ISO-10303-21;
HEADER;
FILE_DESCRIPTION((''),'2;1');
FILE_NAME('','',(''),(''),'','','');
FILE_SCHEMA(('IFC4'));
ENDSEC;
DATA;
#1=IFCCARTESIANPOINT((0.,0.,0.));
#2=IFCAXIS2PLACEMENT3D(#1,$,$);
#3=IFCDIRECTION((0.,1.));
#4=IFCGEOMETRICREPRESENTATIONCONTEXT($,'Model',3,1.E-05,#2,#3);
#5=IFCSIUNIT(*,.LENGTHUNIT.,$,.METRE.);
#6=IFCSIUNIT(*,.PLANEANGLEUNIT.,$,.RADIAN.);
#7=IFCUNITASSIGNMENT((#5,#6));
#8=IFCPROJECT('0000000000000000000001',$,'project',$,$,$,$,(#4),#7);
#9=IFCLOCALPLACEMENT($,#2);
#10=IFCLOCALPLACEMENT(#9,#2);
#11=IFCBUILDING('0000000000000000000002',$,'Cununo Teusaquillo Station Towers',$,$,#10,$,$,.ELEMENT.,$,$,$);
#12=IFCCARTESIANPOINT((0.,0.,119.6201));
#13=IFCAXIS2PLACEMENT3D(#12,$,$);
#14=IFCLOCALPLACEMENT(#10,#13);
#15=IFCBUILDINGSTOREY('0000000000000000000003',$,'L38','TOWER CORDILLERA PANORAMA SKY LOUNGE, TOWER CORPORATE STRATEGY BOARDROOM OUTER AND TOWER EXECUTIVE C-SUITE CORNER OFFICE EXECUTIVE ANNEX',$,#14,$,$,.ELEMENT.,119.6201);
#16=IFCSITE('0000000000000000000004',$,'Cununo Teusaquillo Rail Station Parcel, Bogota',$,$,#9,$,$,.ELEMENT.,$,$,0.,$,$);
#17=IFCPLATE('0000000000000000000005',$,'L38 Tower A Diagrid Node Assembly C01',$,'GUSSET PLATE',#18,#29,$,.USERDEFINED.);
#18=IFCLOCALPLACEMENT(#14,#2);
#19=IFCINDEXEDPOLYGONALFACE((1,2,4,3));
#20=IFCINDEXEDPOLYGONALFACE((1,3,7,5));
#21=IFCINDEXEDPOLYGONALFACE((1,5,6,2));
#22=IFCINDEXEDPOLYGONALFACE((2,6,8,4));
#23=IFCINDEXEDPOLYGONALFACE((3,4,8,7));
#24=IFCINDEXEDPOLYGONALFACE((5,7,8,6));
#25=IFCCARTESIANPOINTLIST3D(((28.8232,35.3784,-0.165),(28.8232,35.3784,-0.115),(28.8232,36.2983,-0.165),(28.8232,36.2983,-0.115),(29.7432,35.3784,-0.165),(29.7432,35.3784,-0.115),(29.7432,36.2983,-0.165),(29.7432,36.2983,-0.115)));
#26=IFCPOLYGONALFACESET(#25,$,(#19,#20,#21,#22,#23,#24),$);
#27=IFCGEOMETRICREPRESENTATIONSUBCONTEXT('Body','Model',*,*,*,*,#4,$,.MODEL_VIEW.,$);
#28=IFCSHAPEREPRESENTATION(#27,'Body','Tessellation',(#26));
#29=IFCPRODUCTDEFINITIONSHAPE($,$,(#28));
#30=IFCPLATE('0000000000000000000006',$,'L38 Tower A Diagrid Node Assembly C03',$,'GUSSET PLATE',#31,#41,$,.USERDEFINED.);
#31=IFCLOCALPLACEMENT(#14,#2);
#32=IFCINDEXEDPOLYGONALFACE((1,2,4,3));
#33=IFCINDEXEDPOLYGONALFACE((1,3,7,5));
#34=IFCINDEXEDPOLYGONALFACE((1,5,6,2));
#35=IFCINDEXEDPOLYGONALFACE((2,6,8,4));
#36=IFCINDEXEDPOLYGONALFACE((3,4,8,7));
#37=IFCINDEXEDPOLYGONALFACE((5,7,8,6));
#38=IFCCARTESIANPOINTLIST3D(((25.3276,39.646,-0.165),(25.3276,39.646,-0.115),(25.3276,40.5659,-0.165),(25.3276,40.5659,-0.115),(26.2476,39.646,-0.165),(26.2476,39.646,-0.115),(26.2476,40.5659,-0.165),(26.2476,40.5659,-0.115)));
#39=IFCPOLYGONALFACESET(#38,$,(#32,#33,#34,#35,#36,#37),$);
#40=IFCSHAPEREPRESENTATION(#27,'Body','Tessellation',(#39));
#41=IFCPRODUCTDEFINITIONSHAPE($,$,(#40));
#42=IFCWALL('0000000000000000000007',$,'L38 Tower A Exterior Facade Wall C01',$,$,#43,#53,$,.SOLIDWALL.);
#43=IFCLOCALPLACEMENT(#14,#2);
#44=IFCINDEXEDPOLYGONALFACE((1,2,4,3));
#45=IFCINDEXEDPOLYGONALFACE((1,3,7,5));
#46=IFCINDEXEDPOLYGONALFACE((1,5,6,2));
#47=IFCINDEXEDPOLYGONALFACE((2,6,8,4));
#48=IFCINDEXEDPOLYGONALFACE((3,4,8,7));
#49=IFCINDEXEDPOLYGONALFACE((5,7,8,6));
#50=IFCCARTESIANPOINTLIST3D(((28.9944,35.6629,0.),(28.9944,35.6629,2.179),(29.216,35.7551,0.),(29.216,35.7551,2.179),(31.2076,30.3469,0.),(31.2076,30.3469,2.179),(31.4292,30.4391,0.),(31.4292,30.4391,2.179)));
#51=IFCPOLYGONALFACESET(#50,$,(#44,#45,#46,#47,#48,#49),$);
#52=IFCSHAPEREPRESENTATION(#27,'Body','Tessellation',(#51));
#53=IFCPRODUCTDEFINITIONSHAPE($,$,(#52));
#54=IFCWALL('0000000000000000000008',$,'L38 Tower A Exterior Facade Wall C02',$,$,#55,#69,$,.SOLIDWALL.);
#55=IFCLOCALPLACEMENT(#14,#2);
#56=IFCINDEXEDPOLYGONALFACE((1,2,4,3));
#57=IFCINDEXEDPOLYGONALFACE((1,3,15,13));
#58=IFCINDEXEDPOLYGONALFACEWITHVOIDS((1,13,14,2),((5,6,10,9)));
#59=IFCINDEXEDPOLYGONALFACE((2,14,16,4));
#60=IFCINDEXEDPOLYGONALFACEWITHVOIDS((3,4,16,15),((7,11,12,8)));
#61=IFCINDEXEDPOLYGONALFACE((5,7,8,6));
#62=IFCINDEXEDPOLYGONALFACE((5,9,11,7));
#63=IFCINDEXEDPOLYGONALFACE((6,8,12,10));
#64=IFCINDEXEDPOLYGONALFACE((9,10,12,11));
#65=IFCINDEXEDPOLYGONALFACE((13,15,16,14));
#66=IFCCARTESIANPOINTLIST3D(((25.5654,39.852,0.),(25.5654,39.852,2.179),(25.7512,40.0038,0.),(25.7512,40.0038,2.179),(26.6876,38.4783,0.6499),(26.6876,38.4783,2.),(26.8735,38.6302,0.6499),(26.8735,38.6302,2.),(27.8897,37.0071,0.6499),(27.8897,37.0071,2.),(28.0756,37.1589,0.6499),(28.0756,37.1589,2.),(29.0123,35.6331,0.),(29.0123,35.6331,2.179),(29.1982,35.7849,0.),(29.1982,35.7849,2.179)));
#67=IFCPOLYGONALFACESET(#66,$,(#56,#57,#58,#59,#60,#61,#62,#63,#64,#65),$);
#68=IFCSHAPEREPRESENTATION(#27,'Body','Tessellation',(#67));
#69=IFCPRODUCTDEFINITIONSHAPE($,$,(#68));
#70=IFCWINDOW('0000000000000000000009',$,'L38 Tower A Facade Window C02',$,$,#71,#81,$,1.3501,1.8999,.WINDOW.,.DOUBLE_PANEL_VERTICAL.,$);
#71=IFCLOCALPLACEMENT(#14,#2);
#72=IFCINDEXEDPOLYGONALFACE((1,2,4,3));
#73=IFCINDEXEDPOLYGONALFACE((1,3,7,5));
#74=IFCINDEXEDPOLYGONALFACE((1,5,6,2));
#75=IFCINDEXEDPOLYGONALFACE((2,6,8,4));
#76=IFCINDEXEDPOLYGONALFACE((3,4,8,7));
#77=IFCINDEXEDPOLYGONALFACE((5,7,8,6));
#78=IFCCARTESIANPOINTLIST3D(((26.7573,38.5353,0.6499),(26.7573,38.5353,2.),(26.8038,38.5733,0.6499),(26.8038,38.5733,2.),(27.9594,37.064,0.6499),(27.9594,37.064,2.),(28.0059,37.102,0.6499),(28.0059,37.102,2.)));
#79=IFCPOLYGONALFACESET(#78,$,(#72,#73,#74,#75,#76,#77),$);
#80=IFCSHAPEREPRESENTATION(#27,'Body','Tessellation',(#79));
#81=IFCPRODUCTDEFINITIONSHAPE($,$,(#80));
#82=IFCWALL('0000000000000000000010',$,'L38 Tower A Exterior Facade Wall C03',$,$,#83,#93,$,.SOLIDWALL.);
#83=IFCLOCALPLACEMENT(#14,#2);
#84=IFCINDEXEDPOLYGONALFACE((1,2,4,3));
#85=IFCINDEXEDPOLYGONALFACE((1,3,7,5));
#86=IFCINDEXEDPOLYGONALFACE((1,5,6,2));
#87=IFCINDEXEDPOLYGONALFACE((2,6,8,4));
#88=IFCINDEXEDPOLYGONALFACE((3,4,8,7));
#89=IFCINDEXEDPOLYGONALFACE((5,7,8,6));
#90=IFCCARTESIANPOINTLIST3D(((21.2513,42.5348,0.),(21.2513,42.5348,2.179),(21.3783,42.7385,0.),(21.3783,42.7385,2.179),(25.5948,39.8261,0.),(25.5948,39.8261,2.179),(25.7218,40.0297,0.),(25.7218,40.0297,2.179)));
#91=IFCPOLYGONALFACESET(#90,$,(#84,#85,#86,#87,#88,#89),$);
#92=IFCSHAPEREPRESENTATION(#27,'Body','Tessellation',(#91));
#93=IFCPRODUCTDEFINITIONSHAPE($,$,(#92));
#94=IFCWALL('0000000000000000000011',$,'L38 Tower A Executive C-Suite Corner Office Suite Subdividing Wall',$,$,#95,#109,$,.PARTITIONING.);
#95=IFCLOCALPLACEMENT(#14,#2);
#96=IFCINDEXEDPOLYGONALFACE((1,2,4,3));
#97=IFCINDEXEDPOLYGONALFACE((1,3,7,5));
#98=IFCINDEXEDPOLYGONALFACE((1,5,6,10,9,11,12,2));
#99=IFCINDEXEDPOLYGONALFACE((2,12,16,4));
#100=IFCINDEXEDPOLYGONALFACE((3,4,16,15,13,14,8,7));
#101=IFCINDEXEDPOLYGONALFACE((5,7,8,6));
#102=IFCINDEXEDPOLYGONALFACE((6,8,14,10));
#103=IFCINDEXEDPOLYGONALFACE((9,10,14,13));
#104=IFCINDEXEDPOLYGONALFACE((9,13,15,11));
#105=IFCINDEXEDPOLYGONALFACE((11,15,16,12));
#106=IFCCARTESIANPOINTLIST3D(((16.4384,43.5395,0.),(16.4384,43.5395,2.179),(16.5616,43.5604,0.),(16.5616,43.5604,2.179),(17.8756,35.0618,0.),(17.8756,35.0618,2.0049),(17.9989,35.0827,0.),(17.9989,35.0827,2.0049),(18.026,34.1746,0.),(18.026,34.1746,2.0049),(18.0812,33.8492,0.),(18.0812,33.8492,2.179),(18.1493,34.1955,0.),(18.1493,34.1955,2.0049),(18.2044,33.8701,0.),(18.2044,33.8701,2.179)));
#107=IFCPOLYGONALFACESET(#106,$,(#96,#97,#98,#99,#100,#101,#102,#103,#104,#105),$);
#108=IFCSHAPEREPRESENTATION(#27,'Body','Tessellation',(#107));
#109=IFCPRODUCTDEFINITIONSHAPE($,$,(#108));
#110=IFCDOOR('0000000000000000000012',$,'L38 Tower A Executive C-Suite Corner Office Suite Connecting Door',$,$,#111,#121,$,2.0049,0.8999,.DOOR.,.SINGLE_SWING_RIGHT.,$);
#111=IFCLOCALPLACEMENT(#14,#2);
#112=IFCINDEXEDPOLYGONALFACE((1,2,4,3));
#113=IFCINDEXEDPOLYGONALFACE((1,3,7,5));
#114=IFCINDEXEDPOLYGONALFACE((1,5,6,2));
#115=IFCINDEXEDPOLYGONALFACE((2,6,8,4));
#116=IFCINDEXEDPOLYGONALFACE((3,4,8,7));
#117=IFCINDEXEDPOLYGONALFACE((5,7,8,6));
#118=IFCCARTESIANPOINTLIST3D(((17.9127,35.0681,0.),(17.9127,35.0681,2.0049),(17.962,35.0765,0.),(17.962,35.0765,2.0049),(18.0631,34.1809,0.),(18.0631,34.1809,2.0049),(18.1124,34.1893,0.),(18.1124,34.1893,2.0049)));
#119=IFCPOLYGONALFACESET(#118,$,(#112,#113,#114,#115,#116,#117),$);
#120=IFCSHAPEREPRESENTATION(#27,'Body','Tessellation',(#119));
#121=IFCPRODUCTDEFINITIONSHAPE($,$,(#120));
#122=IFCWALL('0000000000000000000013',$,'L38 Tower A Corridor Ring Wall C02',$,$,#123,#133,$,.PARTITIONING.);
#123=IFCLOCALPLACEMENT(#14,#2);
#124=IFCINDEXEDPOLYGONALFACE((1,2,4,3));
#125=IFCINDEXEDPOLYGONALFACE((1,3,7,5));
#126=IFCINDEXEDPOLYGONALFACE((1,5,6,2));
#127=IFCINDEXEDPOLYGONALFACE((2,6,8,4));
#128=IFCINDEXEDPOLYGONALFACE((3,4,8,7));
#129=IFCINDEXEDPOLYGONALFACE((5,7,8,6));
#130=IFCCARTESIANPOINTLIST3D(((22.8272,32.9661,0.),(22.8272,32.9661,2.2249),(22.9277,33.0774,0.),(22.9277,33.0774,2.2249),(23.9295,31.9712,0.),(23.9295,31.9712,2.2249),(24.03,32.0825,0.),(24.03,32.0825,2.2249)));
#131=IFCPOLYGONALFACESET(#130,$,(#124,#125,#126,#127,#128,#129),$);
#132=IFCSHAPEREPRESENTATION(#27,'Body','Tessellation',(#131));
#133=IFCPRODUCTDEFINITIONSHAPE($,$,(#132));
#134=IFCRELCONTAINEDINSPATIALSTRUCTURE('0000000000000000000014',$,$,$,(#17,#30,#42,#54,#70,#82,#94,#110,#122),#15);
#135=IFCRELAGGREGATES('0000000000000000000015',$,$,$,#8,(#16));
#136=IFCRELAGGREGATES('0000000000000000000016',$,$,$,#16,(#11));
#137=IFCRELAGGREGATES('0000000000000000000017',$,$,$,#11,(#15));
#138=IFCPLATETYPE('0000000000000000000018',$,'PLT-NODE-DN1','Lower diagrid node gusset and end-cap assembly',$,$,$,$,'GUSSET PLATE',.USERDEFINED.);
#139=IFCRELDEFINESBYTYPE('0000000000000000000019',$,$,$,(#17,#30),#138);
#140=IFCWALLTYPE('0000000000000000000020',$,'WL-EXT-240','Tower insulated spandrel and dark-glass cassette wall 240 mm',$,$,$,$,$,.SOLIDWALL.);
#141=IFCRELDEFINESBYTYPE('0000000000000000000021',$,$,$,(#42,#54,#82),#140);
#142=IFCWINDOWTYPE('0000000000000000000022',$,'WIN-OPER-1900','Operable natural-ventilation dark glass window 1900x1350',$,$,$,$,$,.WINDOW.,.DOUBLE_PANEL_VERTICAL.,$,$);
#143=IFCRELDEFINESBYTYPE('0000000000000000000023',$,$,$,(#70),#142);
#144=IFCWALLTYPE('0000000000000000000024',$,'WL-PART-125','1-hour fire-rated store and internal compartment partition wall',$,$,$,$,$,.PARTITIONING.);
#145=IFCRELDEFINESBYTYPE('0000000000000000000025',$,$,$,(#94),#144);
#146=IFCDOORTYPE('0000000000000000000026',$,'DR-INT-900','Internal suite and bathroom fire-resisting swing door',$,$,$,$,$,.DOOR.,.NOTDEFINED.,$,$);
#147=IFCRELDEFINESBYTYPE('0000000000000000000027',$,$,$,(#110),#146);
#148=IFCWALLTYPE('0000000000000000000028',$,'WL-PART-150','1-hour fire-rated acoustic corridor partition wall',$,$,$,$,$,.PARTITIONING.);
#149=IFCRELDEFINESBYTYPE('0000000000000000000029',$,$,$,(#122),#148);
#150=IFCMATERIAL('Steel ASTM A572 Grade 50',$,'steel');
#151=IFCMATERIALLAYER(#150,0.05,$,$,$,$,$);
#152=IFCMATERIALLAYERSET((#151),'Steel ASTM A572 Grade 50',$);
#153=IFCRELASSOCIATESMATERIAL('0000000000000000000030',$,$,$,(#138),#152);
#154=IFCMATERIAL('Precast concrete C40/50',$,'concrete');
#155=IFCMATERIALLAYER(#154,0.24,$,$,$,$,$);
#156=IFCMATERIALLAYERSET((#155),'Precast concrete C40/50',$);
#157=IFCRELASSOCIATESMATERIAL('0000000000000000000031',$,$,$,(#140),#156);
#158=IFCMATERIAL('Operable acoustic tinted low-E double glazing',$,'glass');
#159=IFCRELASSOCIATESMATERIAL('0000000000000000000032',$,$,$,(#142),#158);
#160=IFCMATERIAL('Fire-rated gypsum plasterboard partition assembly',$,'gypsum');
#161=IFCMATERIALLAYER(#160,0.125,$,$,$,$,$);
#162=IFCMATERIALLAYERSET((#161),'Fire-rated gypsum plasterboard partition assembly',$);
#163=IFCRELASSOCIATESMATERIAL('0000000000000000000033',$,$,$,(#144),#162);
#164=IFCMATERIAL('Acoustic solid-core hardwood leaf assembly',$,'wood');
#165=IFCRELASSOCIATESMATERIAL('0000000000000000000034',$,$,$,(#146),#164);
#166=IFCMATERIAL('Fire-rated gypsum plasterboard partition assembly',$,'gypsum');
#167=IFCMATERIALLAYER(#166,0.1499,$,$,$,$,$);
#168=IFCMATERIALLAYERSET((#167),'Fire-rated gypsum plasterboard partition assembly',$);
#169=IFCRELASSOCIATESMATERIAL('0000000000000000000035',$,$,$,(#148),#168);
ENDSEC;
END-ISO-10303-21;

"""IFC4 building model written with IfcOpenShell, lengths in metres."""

from ifc_helpers import new_model, si_unit, direction, frame, frame_2d, origin, origin_2d, place, context, subcontext, project, spatial, rectangle, extrude, source, transform, mapped, material, layer, layer_set, type_object, element, fill, save


model = new_model("IFC4")

# Units and contexts
model_context = context("Model", 3, precision=1e-05, world=origin(), true_north=direction((0.0, 1.0)))
body_context = subcontext(model_context, "Body", "Model", "MODEL_VIEW")
ifc_project = project(units=[si_unit("LENGTHUNIT", "METRE"), si_unit("PLANEANGLEUNIT", "RADIAN")], contexts=[model_context])

# Site, building, storey
site_placement = place(None, origin())
site = spatial("IfcSite", under=ifc_project, at=site_placement, Name="Cununo Teusaquillo Rail Station Parcel, Bogota", CompositionType="ELEMENT", RefElevation=0.0)
building_placement = place(site_placement, origin())
building = spatial("IfcBuilding", under=site, at=building_placement, Name="Cununo Teusaquillo Station Towers", CompositionType="ELEMENT")
storey_placement = place(building_placement, frame((0.0, 0.0, 119.6201)))
storey = spatial("IfcBuildingStorey", under=building, at=storey_placement, Name="L38", Description="TOWER CORDILLERA PANORAMA SKY LOUNGE, TOWER CORPORATE STRATEGY BOARDROOM OUTER AND TOWER EXECUTIVE C-SUITE CORNER OFFICE EXECUTIVE ANNEX", CompositionType="ELEMENT", Elevation=119.6201)

# Plates
ifc_material_1 = material(Name="Steel ASTM A572 Grade 50", Category="steel")
ifc_layer_1 = layer(ifc_material_1, 0.05)
ifc_layer_set_1 = layer_set([ifc_layer_1], Name="Steel ASTM A572 Grade 50")
plate_type = type_object("IfcPlateType", Name="PLT-NODE-DN1", Description="Lower diagrid node gusset and end-cap assembly", ElementType="GUSSET PLATE", PredefinedType="USERDEFINED", material=ifc_layer_set_1)
shared_shape_1 = source(origin(), body_context, "Body", "SweptSolid", [
    extrude(rectangle(XDim=0.9199, YDim=0.9199, at=origin_2d()), origin(), (0.0, 0.0, 1.0), 0.05),
])
for number, where, z_axis, x_axis, name in (
    (1, (29.2832, 35.8384, -0.165), (0.0, 0.0, 1.0), (1.0, 0.0, 0.0), "L38 Tower A Diagrid Node Assembly C01"),
    (2, (25.7876, 40.106, -0.165), (0.0, 0.0, 1.0), (1.0, 0.0, 0.0), "L38 Tower A Diagrid Node Assembly C03"),
):
    element("IfcPlate", number, at=place(storey_placement, frame(where, z_axis=z_axis, x_axis=x_axis)), inside=storey, type_object=plate_type, Name=name, ObjectType="GUSSET PLATE", PredefinedType="USERDEFINED", context=body_context, shape_type="MappedRepresentation", body=[
        mapped(shared_shape_1, transform((0.0, 0.0, 0.0), x_axis=(1.0, 0.0, 0.0), y_axis=(0.0, 1.0, 0.0), z_axis=(0.0, 0.0, 1.0), scale=1.0)),
    ])

# Wall
ifc_material_2 = material(Name="Precast concrete C40/50", Category="concrete")
ifc_layer_2 = layer(ifc_material_2, 0.24)
ifc_layer_set_2 = layer_set([ifc_layer_2], Name="Precast concrete C40/50")
wall_type_1 = type_object("IfcWallType", Name="WL-EXT-240", Description="Tower insulated spandrel and dark-glass cassette wall 240 mm", PredefinedType="SOLIDWALL", material=ifc_layer_set_2)
wall_1_placement = place(storey_placement, frame((29.1052, 35.709, 0.0), z_axis=(0.0, 0.0, 1.0), x_axis=(0.384344, -0.92319, 0.0)))
element("IfcWall", 3, at=wall_1_placement, inside=storey, type_object=wall_type_1, Name="L38 Tower A Exterior Facade Wall C01", PredefinedType="SOLIDWALL", context=body_context, shape_type="SweptSolid", body=[
    extrude(rectangle(XDim=5.7583, YDim=0.24, at=frame_2d((2.8792, 0.0))), origin(), (0.0, 0.0, 1.0), 2.179),
])

# Wall, opening, window
wall_2_placement = place(storey_placement, frame((25.6582, 39.928, 0.0), z_axis=(0.0, 0.0, 1.0), x_axis=(0.632701, -0.774396, 0.0)))
wall_2 = element("IfcWall", 4, at=wall_2_placement, inside=storey, type_object=wall_type_1, Name="L38 Tower A Exterior Facade Wall C02", PredefinedType="SOLIDWALL", context=body_context, shape_type="SweptSolid", body=[
    extrude(rectangle(XDim=5.448, YDim=0.24, at=frame_2d((2.7241, 0.0))), origin(), (0.0, 0.0, 1.0), 2.179),
])
shared_shape_2 = source(origin(), body_context, "Body", "SweptSolid", [
    extrude(rectangle(XDim=1.8999, YDim=1.3501, at=frame_2d((0.95, 0.675))), frame((0.0, 0.1299, 0.0), z_axis=(0.0, -1.0, 0.0), x_axis=(1.0, 0.0, 0.0)), (0.0, 0.0, 1.0), 0.26),
])
opening_1_placement = place(wall_2_placement, frame((1.7739, 0.0, 0.6499)))
opening_1 = element("IfcOpeningElement", 5, at=opening_1_placement, cuts=wall_2, PredefinedType="OPENING", context=body_context, shape_type="MappedRepresentation", body=[
    mapped(shared_shape_2, transform((0.0, 0.0, 0.0), x_axis=(1.0, 0.0, 0.0), y_axis=(0.0, 1.0, 0.0), z_axis=(0.0, 0.0, 1.0), scale=1.0)),
])
ifc_material_3 = material(Name="Operable acoustic tinted low-E double glazing", Category="glass")
window_type = type_object("IfcWindowType", Name="WIN-OPER-1900", Description="Operable natural-ventilation dark glass window 1900x1350", PartitioningType="DOUBLE_PANEL_VERTICAL", PredefinedType="WINDOW", material=ifc_material_3)
shared_shape_3 = source(origin(), body_context, "Body", "SweptSolid", [
    extrude(rectangle(XDim=1.8999, YDim=1.3501, at=frame_2d((0.95, 0.675))), frame((0.0, 0.03, 0.0), z_axis=(0.0, -1.0, 0.0), x_axis=(1.0, 0.0, 0.0)), (0.0, 0.0, 1.0), 0.0601),
])
window_placement = place(opening_1_placement, origin())
window = element("IfcWindow", 6, at=window_placement, inside=storey, type_object=window_type, Name="L38 Tower A Facade Window C02", OverallHeight=1.3501, OverallWidth=1.8999, PartitioningType="DOUBLE_PANEL_VERTICAL", PredefinedType="WINDOW", context=body_context, shape_type="MappedRepresentation", body=[
    mapped(shared_shape_3, transform((0.0, 0.0, 0.0), x_axis=(1.0, 0.0, 0.0), y_axis=(0.0, 1.0, 0.0), z_axis=(0.0, 0.0, 1.0), scale=1.0)),
])
fill(opening_1, window)

# Wall
wall_3_placement = place(storey_placement, frame((21.3147, 42.6367, 0.0), z_axis=(0.0, 0.0, 1.0), x_axis=(0.84852, -0.529163, 0.0)))
element("IfcWall", 7, at=wall_3_placement, inside=storey, type_object=wall_type_1, Name="L38 Tower A Exterior Facade Wall C03", PredefinedType="SOLIDWALL", context=body_context, shape_type="SweptSolid", body=[
    extrude(rectangle(XDim=5.1189, YDim=0.24, at=frame_2d((2.5596, 0.0))), origin(), (0.0, 0.0, 1.0), 2.179),
])

# Wall, opening, door
ifc_material_4 = material(Name="Fire-rated gypsum plasterboard partition assembly", Category="gypsum")
ifc_layer_3 = layer(ifc_material_4, 0.125)
ifc_layer_set_3 = layer_set([ifc_layer_3], Name="Fire-rated gypsum plasterboard partition assembly")
wall_type_2 = type_object("IfcWallType", Name="WL-PART-125", Description="1-hour fire-rated store and internal compartment partition wall", PredefinedType="PARTITIONING", material=ifc_layer_set_3)
wall_4_placement = place(storey_placement, frame((18.1428, 33.8596, 0.0), z_axis=(0.0, 0.0, 1.0), x_axis=(-0.167145, 0.985932, 0.0)))
wall_4 = element("IfcWall", 8, at=wall_4_placement, inside=storey, type_object=wall_type_2, Name="L38 Tower A Executive C-Suite Corner Office Suite Subdividing Wall", PredefinedType="PARTITIONING", context=body_context, shape_type="SweptSolid", body=[
    extrude(rectangle(XDim=9.8286, YDim=0.125, at=frame_2d((4.9143, 0.0))), origin(), (0.0, 0.0, 1.0), 2.179),
])
shared_shape_4 = source(origin(), body_context, "Body", "SweptSolid", [
    extrude(rectangle(XDim=0.8999, YDim=2.0049, at=frame_2d((0.45, 1.0024))), frame((0.0, 0.0725, 0.0), z_axis=(0.0, -1.0, 0.0), x_axis=(1.0, 0.0, 0.0)), (0.0, 0.0, 1.0), 0.145),
])
opening_2_placement = place(wall_4_placement, frame((0.3301, 0.0, 0.0)))
opening_2 = element("IfcOpeningElement", 9, at=opening_2_placement, cuts=wall_4, PredefinedType="OPENING", context=body_context, shape_type="MappedRepresentation", body=[
    mapped(shared_shape_4, transform((0.0, 0.0, 0.0), x_axis=(1.0, 0.0, 0.0), y_axis=(0.0, 1.0, 0.0), z_axis=(0.0, 0.0, 1.0), scale=1.0)),
])
ifc_material_5 = material(Name="Acoustic solid-core hardwood leaf assembly", Category="wood")
door_type_1 = type_object("IfcDoorType", Name="DR-INT-900", Description="Internal suite and bathroom fire-resisting swing door", OperationType="NOTDEFINED", PredefinedType="DOOR", material=ifc_material_5)
shared_shape_5 = source(origin(), body_context, "Body", "SweptSolid", [
    extrude(rectangle(XDim=0.8999, YDim=2.0049, at=frame_2d((0.45, 1.0024))), frame((0.0, 0.0249, 0.0), z_axis=(0.0, -1.0, 0.0), x_axis=(1.0, 0.0, 0.0)), (0.0, 0.0, 1.0), 0.05),
])
door_1_placement = place(opening_2_placement, origin())
door_1 = element("IfcDoor", 10, at=door_1_placement, inside=storey, type_object=door_type_1, Name="L38 Tower A Executive C-Suite Corner Office Suite Connecting Door", OperationType="SINGLE_SWING_RIGHT", OverallHeight=2.0049, OverallWidth=0.8999, PredefinedType="DOOR", context=body_context, shape_type="MappedRepresentation", body=[
    mapped(shared_shape_5, transform((0.0, 0.0, 0.0), x_axis=(1.0, 0.0, 0.0), y_axis=(0.0, 1.0, 0.0), z_axis=(0.0, 0.0, 1.0), scale=1.0)),
])
fill(opening_2, door_1)

# Wall
ifc_material_6 = material(Name="Fire-rated gypsum plasterboard partition assembly", Category="gypsum")
ifc_layer_4 = layer(ifc_material_6, 0.1499)
ifc_layer_set_4 = layer_set([ifc_layer_4], Name="Fire-rated gypsum plasterboard partition assembly")
wall_type_3 = type_object("IfcWallType", Name="WL-PART-150", Description="1-hour fire-rated acoustic corridor partition wall", PredefinedType="PARTITIONING", material=ifc_layer_set_4)
wall_5_placement = place(storey_placement, frame((23.9797, 32.0269, 0.0), z_axis=(0.0, 0.0, 1.0), x_axis=(-0.742353, 0.670009, 0.0)))
element("IfcWall", 11, at=wall_5_placement, inside=storey, type_object=wall_type_3, Name="L38 Tower A Corridor Ring Wall C02", PredefinedType="PARTITIONING", context=body_context, shape_type="SweptSolid", body=[
    extrude(rectangle(XDim=1.4849, YDim=0.1499, at=frame_2d((0.7424, 0.0))), origin(), (0.0, 0.0, 1.0), 2.2249),
])

save(model, "model.ifc")
